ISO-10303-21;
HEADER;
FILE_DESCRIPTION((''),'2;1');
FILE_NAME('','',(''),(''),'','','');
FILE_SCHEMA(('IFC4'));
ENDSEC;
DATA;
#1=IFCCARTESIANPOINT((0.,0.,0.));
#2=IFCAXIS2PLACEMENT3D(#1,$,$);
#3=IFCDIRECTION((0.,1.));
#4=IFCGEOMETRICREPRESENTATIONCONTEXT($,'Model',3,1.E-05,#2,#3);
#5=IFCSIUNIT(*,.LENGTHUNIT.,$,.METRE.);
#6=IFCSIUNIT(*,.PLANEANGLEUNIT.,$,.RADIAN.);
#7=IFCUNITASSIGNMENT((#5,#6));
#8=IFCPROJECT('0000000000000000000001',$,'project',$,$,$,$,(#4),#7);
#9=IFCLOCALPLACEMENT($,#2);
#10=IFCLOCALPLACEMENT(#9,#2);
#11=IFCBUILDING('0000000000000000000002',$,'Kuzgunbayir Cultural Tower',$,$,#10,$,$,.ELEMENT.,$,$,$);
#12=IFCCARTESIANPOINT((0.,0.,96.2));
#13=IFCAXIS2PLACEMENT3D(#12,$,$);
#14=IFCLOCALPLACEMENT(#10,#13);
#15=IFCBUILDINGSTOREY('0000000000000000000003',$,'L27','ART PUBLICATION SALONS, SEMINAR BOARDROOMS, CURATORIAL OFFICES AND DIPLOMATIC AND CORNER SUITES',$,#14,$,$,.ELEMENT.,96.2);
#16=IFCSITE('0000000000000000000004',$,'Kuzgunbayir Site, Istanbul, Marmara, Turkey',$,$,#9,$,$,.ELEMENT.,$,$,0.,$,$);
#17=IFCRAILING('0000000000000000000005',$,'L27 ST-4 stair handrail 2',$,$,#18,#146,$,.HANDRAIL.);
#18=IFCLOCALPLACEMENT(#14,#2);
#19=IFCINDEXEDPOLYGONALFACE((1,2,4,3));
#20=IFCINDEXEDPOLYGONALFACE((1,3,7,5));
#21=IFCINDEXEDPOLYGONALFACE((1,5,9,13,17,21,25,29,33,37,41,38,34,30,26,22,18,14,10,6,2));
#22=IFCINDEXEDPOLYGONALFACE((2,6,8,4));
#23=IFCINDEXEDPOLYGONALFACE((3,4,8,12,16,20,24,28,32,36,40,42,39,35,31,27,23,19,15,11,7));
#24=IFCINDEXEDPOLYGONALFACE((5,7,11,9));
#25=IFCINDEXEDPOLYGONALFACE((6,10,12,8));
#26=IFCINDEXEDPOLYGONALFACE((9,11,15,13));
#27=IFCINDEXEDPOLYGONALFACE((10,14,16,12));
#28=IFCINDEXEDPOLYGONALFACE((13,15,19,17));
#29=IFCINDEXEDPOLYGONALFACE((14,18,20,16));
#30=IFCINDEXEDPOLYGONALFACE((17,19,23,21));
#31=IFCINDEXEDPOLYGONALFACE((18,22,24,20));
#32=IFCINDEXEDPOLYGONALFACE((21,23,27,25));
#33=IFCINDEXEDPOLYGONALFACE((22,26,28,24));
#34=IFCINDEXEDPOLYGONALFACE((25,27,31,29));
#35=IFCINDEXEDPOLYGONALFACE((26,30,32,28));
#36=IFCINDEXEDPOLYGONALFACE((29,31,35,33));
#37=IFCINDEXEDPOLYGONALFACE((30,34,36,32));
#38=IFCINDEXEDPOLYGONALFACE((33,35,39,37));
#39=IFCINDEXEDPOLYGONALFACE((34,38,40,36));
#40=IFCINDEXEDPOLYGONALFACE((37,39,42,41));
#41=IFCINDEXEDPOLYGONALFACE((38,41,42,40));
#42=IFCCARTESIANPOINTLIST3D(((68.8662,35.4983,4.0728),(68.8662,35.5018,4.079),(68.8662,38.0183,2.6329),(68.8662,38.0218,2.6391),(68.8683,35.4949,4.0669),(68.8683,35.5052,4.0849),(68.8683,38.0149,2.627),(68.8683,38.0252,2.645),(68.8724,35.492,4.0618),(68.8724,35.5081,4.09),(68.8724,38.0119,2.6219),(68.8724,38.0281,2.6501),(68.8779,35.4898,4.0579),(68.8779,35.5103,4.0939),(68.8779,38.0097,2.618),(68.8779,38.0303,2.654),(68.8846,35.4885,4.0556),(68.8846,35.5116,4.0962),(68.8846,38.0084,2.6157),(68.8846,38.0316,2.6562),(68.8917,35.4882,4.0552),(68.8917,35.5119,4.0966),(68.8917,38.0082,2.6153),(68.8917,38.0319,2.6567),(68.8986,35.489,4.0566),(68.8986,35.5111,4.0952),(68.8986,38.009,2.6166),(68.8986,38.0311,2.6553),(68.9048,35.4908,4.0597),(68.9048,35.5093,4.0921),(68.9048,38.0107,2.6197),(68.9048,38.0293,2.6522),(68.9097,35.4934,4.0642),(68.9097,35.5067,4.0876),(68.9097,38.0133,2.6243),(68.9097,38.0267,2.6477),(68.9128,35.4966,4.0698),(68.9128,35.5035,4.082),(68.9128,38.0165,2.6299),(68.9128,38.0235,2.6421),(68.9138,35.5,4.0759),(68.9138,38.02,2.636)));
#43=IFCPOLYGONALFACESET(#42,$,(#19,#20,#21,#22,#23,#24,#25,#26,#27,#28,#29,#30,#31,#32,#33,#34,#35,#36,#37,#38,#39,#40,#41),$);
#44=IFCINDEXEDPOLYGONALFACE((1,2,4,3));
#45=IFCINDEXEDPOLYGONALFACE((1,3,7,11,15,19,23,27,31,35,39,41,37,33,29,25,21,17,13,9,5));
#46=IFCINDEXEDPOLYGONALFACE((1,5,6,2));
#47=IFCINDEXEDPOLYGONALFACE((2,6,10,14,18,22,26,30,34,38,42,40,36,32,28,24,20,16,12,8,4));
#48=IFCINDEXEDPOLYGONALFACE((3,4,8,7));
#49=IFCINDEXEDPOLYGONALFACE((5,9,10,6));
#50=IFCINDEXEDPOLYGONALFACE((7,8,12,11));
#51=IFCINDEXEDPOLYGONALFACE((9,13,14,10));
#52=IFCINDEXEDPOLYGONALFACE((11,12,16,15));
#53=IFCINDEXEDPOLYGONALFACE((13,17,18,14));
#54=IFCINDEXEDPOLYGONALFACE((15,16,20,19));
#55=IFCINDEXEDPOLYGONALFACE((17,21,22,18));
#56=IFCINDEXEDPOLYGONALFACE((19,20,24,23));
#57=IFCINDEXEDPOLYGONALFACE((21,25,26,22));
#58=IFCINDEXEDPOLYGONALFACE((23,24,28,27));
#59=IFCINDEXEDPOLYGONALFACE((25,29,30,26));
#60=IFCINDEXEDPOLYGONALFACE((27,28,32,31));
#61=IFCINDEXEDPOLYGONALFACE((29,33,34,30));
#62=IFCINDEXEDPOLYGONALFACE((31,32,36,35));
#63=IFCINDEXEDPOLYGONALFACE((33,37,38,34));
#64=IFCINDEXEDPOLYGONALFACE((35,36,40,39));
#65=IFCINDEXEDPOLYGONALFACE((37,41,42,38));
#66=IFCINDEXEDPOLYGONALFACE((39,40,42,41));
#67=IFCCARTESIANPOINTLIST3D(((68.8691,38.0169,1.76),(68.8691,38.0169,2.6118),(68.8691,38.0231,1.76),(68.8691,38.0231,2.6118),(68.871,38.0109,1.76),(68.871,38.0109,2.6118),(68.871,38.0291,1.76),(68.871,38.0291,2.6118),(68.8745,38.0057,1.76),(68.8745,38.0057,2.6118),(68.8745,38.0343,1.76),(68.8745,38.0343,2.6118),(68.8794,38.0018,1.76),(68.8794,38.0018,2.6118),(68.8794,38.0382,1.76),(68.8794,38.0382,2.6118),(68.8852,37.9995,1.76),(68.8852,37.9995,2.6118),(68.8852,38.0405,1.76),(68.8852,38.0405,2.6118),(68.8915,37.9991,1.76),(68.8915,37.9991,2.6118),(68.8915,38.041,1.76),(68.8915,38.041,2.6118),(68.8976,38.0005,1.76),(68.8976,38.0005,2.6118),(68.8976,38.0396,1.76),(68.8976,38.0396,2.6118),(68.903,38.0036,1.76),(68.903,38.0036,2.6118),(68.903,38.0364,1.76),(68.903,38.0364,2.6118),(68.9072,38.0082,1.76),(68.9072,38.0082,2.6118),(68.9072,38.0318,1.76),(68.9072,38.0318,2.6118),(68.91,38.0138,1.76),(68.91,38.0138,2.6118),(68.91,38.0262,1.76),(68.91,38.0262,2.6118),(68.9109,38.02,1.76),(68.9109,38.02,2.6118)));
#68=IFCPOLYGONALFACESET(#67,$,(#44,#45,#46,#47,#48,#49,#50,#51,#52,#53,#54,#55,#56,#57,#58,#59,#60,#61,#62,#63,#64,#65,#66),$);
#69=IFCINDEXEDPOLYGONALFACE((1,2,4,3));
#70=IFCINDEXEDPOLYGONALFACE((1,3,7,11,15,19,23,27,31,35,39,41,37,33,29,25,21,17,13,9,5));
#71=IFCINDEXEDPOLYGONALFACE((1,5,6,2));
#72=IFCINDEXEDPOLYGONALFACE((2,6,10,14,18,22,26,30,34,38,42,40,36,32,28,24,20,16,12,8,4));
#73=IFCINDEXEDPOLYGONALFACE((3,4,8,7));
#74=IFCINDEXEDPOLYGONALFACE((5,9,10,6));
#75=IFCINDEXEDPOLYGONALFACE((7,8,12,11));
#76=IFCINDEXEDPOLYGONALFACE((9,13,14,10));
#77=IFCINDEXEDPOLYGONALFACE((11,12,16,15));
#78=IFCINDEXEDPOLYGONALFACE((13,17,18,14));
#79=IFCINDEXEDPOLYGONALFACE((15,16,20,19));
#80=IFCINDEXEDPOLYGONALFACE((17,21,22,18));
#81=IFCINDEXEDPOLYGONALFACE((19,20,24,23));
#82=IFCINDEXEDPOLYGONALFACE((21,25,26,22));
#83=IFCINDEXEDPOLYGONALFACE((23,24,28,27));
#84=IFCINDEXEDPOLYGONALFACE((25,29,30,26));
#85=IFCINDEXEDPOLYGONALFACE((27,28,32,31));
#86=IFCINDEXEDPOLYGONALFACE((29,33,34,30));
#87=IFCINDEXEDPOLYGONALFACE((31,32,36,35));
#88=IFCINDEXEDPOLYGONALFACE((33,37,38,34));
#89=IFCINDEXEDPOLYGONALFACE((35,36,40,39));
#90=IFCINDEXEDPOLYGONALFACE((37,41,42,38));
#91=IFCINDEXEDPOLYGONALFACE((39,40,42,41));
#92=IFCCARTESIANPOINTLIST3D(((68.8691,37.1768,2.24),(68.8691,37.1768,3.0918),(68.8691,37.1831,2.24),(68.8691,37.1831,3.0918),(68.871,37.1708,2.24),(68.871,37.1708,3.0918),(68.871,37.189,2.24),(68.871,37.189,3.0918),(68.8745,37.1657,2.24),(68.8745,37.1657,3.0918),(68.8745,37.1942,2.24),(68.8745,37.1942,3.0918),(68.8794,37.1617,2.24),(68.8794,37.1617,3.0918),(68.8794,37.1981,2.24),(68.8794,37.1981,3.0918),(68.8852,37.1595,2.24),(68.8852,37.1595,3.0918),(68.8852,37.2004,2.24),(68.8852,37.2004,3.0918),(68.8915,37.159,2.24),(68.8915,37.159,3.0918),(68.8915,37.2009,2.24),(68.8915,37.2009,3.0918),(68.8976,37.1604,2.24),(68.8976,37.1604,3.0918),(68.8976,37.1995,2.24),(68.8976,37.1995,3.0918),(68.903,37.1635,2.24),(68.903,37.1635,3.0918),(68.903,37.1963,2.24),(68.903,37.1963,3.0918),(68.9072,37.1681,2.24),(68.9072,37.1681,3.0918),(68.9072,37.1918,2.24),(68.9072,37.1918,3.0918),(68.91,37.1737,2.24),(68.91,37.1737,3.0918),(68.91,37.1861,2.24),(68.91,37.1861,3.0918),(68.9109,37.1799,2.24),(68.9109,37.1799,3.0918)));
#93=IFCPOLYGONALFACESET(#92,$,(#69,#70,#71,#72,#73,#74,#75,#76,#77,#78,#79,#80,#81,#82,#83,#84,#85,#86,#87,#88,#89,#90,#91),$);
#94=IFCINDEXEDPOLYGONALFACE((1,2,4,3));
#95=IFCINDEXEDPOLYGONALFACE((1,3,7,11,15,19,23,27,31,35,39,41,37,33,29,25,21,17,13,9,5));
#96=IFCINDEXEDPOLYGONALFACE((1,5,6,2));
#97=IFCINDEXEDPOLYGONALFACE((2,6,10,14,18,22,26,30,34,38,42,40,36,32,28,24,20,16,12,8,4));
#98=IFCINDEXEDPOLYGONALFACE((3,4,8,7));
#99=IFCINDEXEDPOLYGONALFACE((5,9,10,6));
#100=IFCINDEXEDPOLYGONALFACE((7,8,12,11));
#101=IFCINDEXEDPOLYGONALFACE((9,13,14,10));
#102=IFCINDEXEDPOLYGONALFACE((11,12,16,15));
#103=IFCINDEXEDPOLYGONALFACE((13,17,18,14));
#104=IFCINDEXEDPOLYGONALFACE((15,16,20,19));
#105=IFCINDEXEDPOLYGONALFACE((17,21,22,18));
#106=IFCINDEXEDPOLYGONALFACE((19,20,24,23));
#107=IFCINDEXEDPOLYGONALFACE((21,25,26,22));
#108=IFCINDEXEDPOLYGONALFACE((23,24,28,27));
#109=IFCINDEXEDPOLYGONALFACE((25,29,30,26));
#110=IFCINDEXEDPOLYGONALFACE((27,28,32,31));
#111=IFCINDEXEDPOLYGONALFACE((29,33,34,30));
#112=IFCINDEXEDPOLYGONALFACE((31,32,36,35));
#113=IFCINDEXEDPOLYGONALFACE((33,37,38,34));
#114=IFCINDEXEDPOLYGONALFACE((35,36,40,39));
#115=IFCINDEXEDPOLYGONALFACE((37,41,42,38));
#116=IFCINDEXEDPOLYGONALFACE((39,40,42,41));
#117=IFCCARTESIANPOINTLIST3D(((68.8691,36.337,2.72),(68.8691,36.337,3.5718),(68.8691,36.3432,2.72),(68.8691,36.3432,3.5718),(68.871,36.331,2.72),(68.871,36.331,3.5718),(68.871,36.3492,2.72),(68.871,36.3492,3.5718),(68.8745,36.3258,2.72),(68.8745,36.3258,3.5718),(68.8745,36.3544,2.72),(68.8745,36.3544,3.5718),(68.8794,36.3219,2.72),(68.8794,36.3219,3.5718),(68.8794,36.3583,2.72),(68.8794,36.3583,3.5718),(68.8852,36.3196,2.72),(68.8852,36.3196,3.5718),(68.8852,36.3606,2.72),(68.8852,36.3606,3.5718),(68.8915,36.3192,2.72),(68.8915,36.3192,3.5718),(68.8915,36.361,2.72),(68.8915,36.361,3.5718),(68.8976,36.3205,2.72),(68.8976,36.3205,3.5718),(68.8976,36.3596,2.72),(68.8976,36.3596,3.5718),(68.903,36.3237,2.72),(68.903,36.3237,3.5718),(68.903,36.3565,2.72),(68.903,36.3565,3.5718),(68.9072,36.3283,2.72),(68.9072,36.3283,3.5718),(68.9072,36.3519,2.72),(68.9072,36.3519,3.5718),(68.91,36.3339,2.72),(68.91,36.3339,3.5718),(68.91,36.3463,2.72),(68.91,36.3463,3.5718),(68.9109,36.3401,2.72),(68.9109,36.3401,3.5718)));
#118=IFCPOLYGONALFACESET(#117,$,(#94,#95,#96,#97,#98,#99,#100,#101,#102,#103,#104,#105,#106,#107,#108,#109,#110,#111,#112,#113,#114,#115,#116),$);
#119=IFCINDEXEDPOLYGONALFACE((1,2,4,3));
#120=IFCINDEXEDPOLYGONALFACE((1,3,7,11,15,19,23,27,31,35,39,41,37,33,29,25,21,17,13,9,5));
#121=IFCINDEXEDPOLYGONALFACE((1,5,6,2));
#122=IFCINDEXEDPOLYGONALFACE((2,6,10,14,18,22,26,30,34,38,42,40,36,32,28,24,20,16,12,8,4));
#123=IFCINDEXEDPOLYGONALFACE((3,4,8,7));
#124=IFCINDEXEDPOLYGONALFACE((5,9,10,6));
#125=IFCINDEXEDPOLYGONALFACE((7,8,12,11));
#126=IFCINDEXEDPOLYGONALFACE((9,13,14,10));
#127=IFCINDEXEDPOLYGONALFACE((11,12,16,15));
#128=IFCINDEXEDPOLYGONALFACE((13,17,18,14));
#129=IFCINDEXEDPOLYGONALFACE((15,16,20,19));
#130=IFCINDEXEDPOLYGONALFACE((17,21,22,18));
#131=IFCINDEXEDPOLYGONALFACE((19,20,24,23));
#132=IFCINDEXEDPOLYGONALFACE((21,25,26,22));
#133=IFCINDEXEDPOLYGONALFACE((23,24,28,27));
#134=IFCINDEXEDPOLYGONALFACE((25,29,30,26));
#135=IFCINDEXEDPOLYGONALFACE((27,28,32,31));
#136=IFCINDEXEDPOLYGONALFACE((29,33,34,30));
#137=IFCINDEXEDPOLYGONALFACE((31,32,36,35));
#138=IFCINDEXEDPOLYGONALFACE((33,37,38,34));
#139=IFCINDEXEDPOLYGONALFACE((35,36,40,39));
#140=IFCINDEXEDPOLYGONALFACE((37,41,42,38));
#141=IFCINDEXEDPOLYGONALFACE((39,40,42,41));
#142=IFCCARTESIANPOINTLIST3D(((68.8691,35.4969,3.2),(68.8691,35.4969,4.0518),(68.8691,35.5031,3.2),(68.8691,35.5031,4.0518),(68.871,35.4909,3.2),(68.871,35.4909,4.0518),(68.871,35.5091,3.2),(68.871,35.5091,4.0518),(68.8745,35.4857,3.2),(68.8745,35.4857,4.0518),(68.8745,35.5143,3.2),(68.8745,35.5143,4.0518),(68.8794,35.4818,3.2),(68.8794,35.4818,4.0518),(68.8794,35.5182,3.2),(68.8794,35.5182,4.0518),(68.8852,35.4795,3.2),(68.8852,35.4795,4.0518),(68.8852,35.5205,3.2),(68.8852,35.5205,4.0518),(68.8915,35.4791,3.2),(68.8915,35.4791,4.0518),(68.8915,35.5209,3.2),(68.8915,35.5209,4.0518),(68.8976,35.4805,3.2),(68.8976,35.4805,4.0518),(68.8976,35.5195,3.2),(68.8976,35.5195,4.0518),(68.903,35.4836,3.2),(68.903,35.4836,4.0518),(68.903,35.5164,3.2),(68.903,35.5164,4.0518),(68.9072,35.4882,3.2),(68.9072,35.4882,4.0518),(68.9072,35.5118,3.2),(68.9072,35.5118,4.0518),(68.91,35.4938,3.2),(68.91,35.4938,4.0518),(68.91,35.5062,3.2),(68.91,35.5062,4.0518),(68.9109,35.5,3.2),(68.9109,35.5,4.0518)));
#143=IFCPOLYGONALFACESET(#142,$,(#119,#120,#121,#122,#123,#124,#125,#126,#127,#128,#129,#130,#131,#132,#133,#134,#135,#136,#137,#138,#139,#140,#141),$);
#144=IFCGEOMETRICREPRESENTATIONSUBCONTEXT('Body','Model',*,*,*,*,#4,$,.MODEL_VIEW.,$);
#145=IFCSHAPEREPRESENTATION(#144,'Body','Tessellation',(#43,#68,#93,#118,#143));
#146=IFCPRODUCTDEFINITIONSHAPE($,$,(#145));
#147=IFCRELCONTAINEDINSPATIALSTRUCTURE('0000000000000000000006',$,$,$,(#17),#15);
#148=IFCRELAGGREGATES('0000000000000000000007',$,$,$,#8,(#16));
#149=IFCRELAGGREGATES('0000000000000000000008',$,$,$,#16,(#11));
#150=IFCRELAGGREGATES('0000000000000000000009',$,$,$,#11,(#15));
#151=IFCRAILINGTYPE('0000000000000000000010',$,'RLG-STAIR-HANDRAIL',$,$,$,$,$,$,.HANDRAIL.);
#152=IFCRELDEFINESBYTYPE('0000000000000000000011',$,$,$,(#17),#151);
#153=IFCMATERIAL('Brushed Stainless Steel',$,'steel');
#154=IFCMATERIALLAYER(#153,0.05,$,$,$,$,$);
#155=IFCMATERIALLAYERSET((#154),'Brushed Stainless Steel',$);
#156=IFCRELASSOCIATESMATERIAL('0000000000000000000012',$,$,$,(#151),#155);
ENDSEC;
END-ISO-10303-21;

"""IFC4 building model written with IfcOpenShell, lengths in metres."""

from ifc_helpers import new_model, si_unit, direction, frame, origin, origin_2d, place, context, subcontext, project, spatial, circle, extrude, material, layer, layer_set, type_object, element, save


model = new_model("IFC4")

# Units and contexts
model_context = context("Model", 3, precision=1e-05, world=origin(), true_north=direction((0.0, 1.0)))
body_context = subcontext(model_context, "Body", "Model", "MODEL_VIEW")
ifc_project = project(units=[si_unit("LENGTHUNIT", "METRE"), si_unit("PLANEANGLEUNIT", "RADIAN")], contexts=[model_context])

# Site, building, storey
site_placement = place(None, origin())
site = spatial("IfcSite", under=ifc_project, at=site_placement, Name="Kuzgunbayir Site, Istanbul, Marmara, Turkey", CompositionType="ELEMENT", RefElevation=0.0)
building_placement = place(site_placement, origin())
building = spatial("IfcBuilding", under=site, at=building_placement, Name="Kuzgunbayir Cultural Tower", CompositionType="ELEMENT")
storey_placement = place(building_placement, frame((0.0, 0.0, 96.2)))
storey = spatial("IfcBuildingStorey", under=building, at=storey_placement, Name="L27", Description="ART PUBLICATION SALONS, SEMINAR BOARDROOMS, CURATORIAL OFFICES AND DIPLOMATIC AND CORNER SUITES", CompositionType="ELEMENT", Elevation=96.2)

# Shared definitions
ifc_material_1 = material(Name="Brushed Stainless Steel", Category="steel")

# Railing
ifc_layer_1 = layer(ifc_material_1, 0.05)
ifc_layer_set_1 = layer_set([ifc_layer_1], Name="Brushed Stainless Steel")
railing_type = type_object("IfcRailingType", Name="RLG-STAIR-HANDRAIL", PredefinedType="HANDRAIL", material=ifc_layer_set_1)
railing_placement = place(storey_placement, frame((68.8899, 38.02, 1.76)))
element("IfcRailing", 1, at=railing_placement, inside=storey, type_object=railing_type, Name="L27 ST-4 stair handrail 2", PredefinedType="HANDRAIL", context=body_context, shape_type="SweptSolid", body=[
    extrude(circle(Radius=0.0239, at=origin_2d()), frame((0.0, 0.0, 0.876), z_axis=(0.0, -0.868253, 0.496121), x_axis=(1.0, 0.0, 0.0)), (0.0, 0.0, 1.0), 2.9023),
    extrude(circle(Radius=0.021, at=origin_2d()), origin(), (0.0, 0.0, 1.0), 0.8518),
    extrude(circle(Radius=0.021, at=origin_2d()), frame((0.0, -0.8401, 0.48)), (0.0, 0.0, 1.0), 0.8518),
    extrude(circle(Radius=0.021, at=origin_2d()), frame((0.0, -1.6799, 0.96)), (0.0, 0.0, 1.0), 0.8518),
    extrude(circle(Radius=0.021, at=origin_2d()), frame((0.0, -2.52, 1.4399)), (0.0, 0.0, 1.0), 0.8518),
])

save(model, "model.ifc")
